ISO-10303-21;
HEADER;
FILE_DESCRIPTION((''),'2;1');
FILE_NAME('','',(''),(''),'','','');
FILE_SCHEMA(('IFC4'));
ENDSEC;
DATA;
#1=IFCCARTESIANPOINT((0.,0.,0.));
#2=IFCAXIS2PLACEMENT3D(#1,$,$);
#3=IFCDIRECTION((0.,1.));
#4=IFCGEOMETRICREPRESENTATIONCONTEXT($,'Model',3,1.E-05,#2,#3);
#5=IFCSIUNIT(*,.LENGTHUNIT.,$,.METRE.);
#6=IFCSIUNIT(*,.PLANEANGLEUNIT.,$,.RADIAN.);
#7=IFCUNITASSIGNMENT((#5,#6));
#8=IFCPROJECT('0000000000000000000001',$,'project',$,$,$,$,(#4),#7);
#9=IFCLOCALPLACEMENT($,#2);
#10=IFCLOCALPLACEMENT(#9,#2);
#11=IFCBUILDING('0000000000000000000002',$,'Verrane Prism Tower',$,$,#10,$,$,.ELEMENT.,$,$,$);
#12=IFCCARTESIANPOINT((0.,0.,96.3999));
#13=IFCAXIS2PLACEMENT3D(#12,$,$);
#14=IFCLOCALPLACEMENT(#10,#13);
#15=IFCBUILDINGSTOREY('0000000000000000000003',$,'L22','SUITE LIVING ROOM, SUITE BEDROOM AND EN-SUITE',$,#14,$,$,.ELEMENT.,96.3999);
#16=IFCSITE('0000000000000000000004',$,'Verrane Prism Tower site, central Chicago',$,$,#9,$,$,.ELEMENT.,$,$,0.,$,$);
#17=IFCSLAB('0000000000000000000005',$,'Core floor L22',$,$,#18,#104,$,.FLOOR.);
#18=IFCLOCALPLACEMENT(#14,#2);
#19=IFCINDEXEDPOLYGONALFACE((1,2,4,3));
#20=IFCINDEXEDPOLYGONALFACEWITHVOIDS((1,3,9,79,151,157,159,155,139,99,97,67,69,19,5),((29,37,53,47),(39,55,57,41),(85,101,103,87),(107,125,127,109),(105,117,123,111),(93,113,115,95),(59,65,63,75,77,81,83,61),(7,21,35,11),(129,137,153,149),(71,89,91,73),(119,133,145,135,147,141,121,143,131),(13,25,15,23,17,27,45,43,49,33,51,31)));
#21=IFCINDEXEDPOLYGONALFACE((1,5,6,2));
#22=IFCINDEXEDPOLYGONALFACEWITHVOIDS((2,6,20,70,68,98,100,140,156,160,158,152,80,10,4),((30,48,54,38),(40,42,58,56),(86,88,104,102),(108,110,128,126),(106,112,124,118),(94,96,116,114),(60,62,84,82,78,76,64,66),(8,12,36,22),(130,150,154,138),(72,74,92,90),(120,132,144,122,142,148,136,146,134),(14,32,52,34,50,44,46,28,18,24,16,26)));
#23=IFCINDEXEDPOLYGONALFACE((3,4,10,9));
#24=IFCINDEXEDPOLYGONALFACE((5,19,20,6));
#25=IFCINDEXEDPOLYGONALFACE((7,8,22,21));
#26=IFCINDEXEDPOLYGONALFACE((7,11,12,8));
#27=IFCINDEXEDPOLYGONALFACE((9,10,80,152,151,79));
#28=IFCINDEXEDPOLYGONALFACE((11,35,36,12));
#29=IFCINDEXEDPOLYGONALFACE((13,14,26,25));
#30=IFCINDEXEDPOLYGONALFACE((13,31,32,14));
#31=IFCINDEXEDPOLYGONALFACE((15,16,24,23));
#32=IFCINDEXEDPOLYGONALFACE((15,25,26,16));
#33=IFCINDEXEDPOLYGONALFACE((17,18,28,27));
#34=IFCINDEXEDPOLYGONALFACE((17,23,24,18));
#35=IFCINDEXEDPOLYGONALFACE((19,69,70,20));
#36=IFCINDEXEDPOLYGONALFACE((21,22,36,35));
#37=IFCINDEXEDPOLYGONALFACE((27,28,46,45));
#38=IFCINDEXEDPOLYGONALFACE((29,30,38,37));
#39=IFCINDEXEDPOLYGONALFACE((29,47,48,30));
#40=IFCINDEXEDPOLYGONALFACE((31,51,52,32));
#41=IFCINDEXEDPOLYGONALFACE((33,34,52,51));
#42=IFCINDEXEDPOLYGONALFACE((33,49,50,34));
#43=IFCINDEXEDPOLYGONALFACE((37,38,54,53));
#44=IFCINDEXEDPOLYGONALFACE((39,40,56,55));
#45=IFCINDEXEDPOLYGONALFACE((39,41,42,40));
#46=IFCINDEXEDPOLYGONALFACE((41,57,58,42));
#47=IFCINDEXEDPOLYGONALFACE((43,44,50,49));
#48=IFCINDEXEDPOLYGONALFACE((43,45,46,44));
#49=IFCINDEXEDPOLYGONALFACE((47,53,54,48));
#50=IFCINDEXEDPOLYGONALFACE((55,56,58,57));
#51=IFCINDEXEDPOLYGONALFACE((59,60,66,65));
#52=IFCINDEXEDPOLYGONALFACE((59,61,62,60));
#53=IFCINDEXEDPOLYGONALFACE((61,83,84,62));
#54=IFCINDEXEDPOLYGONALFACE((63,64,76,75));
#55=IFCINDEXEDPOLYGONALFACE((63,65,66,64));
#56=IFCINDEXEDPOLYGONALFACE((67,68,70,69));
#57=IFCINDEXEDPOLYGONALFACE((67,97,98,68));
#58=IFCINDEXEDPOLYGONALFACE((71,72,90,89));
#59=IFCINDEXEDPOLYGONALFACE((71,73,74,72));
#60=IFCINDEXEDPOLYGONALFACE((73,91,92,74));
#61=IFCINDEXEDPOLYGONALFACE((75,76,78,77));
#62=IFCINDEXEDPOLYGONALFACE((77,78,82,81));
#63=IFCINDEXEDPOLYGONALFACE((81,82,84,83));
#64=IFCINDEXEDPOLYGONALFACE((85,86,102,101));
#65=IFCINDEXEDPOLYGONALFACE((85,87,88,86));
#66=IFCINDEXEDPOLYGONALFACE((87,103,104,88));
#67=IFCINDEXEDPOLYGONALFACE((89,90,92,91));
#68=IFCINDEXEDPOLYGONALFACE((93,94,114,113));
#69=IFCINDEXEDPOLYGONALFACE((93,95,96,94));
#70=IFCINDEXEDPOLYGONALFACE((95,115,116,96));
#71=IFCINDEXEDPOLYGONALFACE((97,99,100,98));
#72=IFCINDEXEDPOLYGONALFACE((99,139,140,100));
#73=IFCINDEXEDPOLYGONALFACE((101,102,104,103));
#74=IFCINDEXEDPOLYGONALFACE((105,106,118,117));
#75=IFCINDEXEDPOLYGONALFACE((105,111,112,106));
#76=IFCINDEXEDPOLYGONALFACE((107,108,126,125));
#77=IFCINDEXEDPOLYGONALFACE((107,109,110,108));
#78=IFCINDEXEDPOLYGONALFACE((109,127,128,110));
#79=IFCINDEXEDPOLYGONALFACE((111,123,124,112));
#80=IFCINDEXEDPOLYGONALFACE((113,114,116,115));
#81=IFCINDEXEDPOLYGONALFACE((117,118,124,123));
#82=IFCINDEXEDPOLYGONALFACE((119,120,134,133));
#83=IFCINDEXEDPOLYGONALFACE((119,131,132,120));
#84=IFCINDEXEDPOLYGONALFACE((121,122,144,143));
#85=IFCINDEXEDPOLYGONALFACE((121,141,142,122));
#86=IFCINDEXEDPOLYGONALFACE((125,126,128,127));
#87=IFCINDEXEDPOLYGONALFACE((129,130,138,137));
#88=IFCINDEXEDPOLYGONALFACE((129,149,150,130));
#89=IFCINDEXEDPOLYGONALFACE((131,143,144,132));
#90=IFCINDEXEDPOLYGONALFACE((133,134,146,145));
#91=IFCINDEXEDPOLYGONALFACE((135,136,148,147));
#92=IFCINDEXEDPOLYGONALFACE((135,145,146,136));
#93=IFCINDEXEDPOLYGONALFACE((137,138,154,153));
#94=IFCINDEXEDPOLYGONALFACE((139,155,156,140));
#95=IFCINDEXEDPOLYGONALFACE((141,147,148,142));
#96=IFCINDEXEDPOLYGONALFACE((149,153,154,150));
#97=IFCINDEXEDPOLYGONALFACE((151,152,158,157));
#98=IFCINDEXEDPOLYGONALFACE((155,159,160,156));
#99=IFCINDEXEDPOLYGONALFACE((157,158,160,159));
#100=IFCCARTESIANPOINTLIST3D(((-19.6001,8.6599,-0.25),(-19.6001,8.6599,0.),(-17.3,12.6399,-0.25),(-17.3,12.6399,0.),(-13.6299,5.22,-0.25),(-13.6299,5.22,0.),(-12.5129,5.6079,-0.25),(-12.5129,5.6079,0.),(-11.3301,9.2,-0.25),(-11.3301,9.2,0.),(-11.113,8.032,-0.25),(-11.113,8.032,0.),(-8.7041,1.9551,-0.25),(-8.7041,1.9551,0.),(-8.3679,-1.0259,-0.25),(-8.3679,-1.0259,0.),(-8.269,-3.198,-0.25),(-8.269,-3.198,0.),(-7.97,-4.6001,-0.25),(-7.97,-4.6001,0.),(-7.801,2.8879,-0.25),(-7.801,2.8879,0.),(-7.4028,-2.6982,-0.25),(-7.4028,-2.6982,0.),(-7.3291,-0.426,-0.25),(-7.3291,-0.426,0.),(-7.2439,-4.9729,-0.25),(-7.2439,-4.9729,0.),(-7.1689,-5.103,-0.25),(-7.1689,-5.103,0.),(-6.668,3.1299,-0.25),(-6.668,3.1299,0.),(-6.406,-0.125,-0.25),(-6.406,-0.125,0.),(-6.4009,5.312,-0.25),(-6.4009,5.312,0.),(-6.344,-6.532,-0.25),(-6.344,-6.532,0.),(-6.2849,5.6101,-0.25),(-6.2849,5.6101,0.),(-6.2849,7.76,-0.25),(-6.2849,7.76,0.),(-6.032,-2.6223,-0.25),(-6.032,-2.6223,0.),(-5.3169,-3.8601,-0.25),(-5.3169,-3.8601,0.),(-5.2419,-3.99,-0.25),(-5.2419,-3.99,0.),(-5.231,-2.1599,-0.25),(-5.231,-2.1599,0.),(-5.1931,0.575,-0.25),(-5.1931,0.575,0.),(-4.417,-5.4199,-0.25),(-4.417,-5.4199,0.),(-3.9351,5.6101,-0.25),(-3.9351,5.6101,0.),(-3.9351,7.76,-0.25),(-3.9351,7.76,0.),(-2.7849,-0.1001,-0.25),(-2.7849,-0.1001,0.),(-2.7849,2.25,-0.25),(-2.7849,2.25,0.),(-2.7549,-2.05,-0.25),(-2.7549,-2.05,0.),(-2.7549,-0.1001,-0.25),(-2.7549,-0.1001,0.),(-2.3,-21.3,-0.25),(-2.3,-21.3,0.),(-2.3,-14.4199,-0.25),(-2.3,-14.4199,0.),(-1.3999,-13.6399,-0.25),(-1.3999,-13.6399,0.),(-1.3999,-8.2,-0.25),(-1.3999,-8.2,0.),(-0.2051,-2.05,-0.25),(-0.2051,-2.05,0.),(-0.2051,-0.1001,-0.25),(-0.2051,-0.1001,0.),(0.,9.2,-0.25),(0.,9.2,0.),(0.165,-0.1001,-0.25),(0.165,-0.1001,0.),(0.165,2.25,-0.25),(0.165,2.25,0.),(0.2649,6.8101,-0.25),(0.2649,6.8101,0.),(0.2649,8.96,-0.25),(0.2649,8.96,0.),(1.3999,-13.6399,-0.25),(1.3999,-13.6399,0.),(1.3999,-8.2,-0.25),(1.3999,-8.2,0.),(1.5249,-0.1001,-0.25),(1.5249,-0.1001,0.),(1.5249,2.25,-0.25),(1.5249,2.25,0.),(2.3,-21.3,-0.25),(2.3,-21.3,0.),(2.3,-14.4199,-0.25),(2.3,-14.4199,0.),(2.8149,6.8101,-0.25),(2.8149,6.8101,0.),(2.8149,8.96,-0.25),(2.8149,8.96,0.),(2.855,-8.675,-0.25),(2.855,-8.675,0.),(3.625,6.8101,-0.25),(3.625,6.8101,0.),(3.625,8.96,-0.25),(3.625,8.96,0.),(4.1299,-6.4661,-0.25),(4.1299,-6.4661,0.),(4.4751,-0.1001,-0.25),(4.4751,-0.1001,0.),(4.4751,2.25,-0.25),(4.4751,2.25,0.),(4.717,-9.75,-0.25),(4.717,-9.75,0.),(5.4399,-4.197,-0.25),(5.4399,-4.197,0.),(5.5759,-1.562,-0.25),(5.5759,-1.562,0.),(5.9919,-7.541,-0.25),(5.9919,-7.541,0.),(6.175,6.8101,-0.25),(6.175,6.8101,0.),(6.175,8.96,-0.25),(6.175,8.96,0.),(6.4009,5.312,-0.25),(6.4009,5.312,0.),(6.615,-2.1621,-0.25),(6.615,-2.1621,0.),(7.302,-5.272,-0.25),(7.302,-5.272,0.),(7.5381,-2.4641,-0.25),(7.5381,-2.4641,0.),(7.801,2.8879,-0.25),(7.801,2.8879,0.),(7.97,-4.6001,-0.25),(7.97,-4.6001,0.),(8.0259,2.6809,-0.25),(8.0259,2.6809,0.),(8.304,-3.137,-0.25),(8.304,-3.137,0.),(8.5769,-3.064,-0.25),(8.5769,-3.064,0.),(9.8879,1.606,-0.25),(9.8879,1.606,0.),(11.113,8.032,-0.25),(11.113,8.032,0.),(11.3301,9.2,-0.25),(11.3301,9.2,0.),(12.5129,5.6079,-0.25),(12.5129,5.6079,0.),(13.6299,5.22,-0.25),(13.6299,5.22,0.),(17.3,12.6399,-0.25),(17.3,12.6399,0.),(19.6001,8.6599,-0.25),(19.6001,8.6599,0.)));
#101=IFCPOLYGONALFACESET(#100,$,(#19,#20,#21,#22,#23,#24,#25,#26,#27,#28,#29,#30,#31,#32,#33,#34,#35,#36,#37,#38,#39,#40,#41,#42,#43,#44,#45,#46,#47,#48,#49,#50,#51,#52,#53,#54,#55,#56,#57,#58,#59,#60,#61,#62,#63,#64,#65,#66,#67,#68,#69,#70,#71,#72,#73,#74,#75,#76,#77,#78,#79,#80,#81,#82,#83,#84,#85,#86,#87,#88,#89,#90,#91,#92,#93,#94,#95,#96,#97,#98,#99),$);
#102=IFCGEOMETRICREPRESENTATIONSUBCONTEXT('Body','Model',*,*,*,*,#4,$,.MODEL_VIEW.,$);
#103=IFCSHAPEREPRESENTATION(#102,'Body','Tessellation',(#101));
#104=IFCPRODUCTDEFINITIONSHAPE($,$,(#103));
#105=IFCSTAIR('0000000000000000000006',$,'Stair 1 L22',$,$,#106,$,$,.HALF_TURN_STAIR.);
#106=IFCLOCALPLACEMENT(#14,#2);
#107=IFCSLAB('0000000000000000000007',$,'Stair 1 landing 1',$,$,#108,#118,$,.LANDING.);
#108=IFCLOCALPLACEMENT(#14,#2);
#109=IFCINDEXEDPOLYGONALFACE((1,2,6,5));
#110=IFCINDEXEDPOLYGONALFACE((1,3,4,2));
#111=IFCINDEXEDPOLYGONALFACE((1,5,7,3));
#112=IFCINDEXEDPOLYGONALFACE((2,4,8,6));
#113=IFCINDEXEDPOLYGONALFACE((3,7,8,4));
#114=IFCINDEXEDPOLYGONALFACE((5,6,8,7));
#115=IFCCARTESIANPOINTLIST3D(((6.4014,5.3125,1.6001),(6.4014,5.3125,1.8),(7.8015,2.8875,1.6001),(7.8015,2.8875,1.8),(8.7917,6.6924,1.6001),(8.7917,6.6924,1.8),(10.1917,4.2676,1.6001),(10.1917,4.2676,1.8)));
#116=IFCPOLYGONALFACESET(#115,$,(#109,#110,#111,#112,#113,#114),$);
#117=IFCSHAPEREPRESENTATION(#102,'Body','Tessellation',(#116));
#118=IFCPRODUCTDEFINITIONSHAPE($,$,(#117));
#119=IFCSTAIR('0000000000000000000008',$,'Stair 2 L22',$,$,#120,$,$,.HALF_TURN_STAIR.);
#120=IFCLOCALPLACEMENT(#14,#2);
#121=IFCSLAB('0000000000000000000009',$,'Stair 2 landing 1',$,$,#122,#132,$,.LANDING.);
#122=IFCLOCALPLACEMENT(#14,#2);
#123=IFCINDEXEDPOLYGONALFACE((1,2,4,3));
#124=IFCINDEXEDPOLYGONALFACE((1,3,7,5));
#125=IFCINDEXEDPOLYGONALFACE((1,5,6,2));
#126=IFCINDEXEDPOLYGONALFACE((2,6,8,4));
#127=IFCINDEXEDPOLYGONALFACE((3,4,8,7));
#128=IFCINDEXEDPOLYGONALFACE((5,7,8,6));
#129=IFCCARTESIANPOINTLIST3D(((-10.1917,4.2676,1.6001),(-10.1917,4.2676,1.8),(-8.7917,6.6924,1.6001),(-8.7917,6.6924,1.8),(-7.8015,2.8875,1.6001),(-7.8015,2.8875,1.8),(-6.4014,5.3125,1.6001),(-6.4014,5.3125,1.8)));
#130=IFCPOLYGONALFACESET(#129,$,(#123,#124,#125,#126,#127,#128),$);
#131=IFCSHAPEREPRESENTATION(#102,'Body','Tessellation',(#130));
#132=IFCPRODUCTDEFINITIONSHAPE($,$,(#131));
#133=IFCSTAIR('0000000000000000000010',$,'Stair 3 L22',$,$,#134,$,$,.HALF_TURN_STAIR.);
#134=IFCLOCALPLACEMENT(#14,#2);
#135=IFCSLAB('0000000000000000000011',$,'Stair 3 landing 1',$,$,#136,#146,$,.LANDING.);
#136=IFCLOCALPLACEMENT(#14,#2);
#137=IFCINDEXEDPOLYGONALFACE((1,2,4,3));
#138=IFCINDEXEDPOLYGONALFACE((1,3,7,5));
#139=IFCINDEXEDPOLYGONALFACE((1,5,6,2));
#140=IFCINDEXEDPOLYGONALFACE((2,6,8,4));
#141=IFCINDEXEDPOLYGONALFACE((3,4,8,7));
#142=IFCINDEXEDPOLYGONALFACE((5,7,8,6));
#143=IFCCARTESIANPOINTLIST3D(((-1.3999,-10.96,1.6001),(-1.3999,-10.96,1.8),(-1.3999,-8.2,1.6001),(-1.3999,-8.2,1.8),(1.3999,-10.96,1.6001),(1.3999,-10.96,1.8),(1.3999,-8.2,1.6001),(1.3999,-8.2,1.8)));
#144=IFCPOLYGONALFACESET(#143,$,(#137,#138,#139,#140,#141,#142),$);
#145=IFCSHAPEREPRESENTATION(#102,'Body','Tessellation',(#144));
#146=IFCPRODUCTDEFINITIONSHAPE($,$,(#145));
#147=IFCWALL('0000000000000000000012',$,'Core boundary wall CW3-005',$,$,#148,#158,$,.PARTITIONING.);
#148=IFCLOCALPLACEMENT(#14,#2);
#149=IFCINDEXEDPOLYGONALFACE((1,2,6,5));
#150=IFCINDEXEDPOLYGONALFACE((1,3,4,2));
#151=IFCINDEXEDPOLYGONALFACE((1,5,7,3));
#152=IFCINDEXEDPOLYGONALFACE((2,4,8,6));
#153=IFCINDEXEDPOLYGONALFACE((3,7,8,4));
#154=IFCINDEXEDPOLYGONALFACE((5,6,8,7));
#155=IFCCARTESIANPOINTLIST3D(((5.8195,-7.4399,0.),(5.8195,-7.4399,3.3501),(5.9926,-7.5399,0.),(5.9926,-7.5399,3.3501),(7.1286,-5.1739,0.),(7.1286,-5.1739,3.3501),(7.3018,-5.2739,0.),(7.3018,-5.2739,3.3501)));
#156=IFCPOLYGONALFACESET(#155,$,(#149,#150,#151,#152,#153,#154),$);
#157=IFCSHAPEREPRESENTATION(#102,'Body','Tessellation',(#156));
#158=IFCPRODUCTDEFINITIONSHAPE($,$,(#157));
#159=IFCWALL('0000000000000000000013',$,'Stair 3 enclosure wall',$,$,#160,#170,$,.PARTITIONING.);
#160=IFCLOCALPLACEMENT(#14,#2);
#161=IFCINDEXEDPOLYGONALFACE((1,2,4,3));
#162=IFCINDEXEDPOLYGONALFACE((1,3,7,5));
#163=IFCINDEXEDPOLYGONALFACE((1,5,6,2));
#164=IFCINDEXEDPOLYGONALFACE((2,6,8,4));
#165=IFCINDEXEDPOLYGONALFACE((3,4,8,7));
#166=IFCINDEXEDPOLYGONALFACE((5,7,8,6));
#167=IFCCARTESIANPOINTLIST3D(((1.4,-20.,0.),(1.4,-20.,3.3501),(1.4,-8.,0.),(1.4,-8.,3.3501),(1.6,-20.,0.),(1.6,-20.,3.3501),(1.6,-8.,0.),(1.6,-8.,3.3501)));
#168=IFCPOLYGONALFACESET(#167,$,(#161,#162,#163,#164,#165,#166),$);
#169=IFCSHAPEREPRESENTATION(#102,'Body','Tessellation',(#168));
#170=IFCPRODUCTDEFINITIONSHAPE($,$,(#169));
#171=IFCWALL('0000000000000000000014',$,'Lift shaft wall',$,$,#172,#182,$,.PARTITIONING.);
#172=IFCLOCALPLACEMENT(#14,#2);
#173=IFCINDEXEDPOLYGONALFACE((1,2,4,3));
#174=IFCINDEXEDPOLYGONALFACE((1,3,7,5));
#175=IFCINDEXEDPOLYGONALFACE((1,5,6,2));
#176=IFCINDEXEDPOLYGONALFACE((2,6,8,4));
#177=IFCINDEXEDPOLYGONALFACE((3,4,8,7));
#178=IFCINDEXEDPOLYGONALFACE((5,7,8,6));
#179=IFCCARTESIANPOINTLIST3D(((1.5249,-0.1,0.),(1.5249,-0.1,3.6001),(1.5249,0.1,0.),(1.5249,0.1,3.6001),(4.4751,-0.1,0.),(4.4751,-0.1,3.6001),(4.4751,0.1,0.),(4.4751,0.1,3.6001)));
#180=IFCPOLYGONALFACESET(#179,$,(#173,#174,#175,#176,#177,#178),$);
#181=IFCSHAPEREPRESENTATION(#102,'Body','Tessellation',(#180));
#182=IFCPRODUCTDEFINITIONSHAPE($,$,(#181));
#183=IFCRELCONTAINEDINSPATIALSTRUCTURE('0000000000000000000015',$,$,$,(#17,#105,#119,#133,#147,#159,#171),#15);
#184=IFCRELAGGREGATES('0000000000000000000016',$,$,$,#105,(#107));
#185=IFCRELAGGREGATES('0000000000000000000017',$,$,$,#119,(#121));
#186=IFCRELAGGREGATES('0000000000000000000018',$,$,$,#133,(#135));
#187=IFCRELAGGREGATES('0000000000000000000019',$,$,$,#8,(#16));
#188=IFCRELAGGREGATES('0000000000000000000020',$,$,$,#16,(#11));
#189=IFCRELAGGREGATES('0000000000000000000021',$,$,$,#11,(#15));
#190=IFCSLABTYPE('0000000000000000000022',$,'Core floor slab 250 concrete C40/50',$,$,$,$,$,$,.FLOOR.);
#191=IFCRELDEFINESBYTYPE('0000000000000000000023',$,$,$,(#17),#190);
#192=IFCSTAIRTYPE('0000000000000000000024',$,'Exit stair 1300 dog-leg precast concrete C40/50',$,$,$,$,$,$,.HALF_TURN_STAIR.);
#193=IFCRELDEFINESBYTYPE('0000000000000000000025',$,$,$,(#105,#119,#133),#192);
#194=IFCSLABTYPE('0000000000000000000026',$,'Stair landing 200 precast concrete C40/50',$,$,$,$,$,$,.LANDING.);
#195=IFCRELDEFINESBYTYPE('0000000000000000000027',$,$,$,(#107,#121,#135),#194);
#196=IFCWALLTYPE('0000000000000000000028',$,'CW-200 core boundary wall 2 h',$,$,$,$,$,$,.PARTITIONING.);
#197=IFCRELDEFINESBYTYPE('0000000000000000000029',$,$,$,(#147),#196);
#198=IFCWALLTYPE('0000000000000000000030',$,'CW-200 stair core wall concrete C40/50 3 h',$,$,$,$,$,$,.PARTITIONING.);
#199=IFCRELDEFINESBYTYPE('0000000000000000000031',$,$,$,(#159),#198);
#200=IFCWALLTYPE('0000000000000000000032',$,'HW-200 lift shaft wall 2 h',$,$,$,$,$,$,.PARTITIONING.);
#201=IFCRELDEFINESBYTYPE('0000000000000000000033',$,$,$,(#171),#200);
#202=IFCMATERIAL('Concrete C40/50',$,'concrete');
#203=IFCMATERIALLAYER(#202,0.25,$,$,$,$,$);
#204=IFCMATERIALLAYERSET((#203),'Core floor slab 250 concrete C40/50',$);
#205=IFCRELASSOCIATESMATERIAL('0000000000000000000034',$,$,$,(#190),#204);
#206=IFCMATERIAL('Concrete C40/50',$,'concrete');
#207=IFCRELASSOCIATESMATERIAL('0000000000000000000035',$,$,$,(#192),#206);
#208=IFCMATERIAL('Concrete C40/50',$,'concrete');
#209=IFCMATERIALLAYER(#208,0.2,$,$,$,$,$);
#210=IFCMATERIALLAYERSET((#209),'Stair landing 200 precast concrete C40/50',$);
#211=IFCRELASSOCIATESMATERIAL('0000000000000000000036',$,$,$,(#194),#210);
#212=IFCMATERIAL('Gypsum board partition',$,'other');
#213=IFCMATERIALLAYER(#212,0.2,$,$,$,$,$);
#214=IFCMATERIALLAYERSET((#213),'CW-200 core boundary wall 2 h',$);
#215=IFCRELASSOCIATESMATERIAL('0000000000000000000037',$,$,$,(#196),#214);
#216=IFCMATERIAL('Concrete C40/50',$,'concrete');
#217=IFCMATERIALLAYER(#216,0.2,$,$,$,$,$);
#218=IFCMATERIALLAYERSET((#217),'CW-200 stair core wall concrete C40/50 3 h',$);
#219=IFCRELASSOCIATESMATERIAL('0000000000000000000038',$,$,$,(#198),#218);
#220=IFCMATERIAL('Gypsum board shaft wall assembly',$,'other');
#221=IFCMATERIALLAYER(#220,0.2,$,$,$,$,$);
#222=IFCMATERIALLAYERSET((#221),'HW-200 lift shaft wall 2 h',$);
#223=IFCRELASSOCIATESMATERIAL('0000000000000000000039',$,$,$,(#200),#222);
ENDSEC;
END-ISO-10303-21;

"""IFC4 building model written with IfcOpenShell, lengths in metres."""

from ifc_helpers import new_model, si_unit, direction, frame, frame_2d, origin, place, context, subcontext, project, spatial, polyline, rectangle, outline, extrude, material, layer, layer_set, type_object, element, aggregate, save


model = new_model("IFC4")

# Units and contexts
model_context = context("Model", 3, precision=1e-05, world=origin(), true_north=direction((0.0, 1.0)))
body_context = subcontext(model_context, "Body", "Model", "MODEL_VIEW")
ifc_project = project(units=[si_unit("LENGTHUNIT", "METRE"), si_unit("PLANEANGLEUNIT", "RADIAN")], contexts=[model_context])

# Site, building, storey
site_placement = place(None, origin())
site = spatial("IfcSite", under=ifc_project, at=site_placement, Name="Verrane Prism Tower site, central Chicago", CompositionType="ELEMENT", RefElevation=0.0)
building_placement = place(site_placement, origin())
building = spatial("IfcBuilding", under=site, at=building_placement, Name="Verrane Prism Tower", CompositionType="ELEMENT")
storey_placement = place(building_placement, frame((0.0, 0.0, 96.3999)))
storey = spatial("IfcBuildingStorey", under=building, at=storey_placement, Name="L22", Description="SUITE LIVING ROOM, SUITE BEDROOM AND EN-SUITE", CompositionType="ELEMENT", Elevation=96.3999)

# Slab
ifc_material_1 = material(Name="Concrete C40/50", Category="concrete")
ifc_layer_1 = layer(ifc_material_1, 0.25)
ifc_layer_set_1 = layer_set([ifc_layer_1], Name="Core floor slab 250 concrete C40/50")
slab_type_1 = type_object("IfcSlabType", Name="Core floor slab 250 concrete C40/50", PredefinedType="FLOOR", material=ifc_layer_set_1)
slab_1_placement = place(storey_placement, frame((0.0, 0.0, -0.25)))
element("IfcSlab", 1, at=slab_1_placement, inside=storey, type_object=slab_type_1, Name="Core floor L22", PredefinedType="FLOOR", context=body_context, shape_type="SweptSolid", body=[
    extrude(outline(polyline([(13.6299, 5.22), (19.6001, 8.6599), (17.3, 12.6399), (11.3301, 9.2), (0.0, 9.2), (-11.3301, 9.2), (-17.3, 12.6399), (-19.6001, 8.6599), (-13.6299, 5.22), (-7.97, -4.6001), (-2.3, -14.4199), (-2.3, -21.3), (2.3, -21.3), (2.3, -14.4199), (7.97, -4.6001), (13.6299, 5.22)]), holes=[polyline([(1.3999, -8.2), (1.3999, -13.6399), (-1.3999, -13.6399), (-1.3999, -8.2), (1.3999, -8.2)]), polyline([(-4.417, -5.4199), (-6.344, -6.532), (-7.1689, -5.103), (-5.2419, -3.99), (-4.417, -5.4199)]), polyline([(0.165, 2.25), (0.165, -0.1001), (-0.2051, -0.1001), (-0.2051, -2.05), (-2.7549, -2.05), (-2.7549, -0.1001), (-2.7849, -0.1001), (-2.7849, 2.25), (0.165, 2.25)]), polyline([(-12.5129, 5.6079), (-11.113, 8.032), (-6.4009, 5.312), (-7.801, 2.8879), (-12.5129, 5.6079)]), polyline([(-6.2849, 5.6101), (-6.2849, 7.76), (-3.9351, 7.76), (-3.9351, 5.6101), (-6.2849, 5.6101)]), polyline([(4.717, -9.75), (2.855, -8.675), (4.1299, -6.4661), (5.9919, -7.541), (4.717, -9.75)]), polyline([(8.304, -3.137), (5.5759, -1.562), (8.0259, 2.6809), (9.8879, 1.606), (7.5381, -2.4641), (8.5769, -3.064), (7.302, -5.272), (5.4399, -4.197), (6.615, -2.1621), (8.304, -3.137)]), polyline([(1.5249, -0.1001), (1.5249, 2.25), (4.4751, 2.25), (4.4751, -0.1001), (1.5249, -0.1001)]), polyline([(6.4009, 5.312), (11.113, 8.032), (12.5129, 5.6079), (7.801, 2.8879), (6.4009, 5.312)]), polyline([(0.2649, 6.8101), (0.2649, 8.96), (2.8149, 8.96), (2.8149, 6.8101), (0.2649, 6.8101)]), polyline([(3.625, 6.8101), (3.625, 8.96), (6.175, 8.96), (6.175, 6.8101), (3.625, 6.8101)]), polyline([(-5.231, -2.1599), (-6.032, -2.6223), (-5.3169, -3.8601), (-7.2439, -4.9729), (-8.269, -3.198), (-7.4028, -2.6982), (-8.3679, -1.0259), (-7.3291, -0.426), (-8.7041, 1.9551), (-6.668, 3.1299), (-5.1931, 0.575), (-6.406, -0.125), (-5.231, -2.1599)])]), origin(), (0.0, 0.0, 1.0), 0.25),
])

# Stairs, slabs
ifc_material_2 = material(Name="Concrete C40/50", Category="concrete")
stair_type = type_object("IfcStairType", Name="Exit stair 1300 dog-leg precast concrete C40/50", PredefinedType="HALF_TURN_STAIR", material=ifc_material_2)
stair_1_placement = place(storey_placement, origin())
stair_1 = element("IfcStair", 2, at=stair_1_placement, inside=storey, type_object=stair_type, Name="Stair 1 L22", PredefinedType="HALF_TURN_STAIR")
ifc_material_3 = material(Name="Concrete C40/50", Category="concrete")
ifc_layer_2 = layer(ifc_material_3, 0.2)
ifc_layer_set_2 = layer_set([ifc_layer_2], Name="Stair landing 200 precast concrete C40/50")
slab_type_2 = type_object("IfcSlabType", Name="Stair landing 200 precast concrete C40/50", PredefinedType="LANDING", material=ifc_layer_set_2)
slab_2_placement = place(storey_placement, frame((0.0, 0.0, 1.6001)))
slab_2 = element("IfcSlab", 3, at=slab_2_placement, type_object=slab_type_2, Name="Stair 1 landing 1", PredefinedType="LANDING", context=body_context, shape_type="SweptSolid", body=[
    extrude(outline(polyline([(8.7917, 6.6924), (6.4014, 5.3125), (7.8015, 2.8875), (10.1917, 4.2676), (8.7917, 6.6924)])), origin(), (0.0, 0.0, 1.0), 0.2),
])
aggregate(stair_1, [slab_2])
stair_2_placement = place(storey_placement, origin())
stair_2 = element("IfcStair", 4, at=stair_2_placement, inside=storey, type_object=stair_type, Name="Stair 2 L22", PredefinedType="HALF_TURN_STAIR")
slab_3_placement = place(storey_placement, frame((0.0, 0.0, 1.6001)))
slab_3 = element("IfcSlab", 5, at=slab_3_placement, type_object=slab_type_2, Name="Stair 2 landing 1", PredefinedType="LANDING", context=body_context, shape_type="SweptSolid", body=[
    extrude(outline(polyline([(-10.1917, 4.2676), (-7.8015, 2.8875), (-6.4014, 5.3125), (-8.7917, 6.6924), (-10.1917, 4.2676)])), origin(), (0.0, 0.0, 1.0), 0.2),
])
aggregate(stair_2, [slab_3])
stair_3_placement = place(storey_placement, origin())
stair_3 = element("IfcStair", 6, at=stair_3_placement, inside=storey, type_object=stair_type, Name="Stair 3 L22", PredefinedType="HALF_TURN_STAIR")
slab_4_placement = place(storey_placement, frame((0.0, 0.0, 1.6001)))
slab_4 = element("IfcSlab", 7, at=slab_4_placement, type_object=slab_type_2, Name="Stair 3 landing 1", PredefinedType="LANDING", context=body_context, shape_type="SweptSolid", body=[
    extrude(outline(polyline([(1.3999, -10.96), (1.3999, -8.2), (-1.3999, -8.2), (-1.3999, -10.96), (1.3999, -10.96)])), origin(), (0.0, 0.0, 1.0), 0.2),
])
aggregate(stair_3, [slab_4])

# Walls
ifc_material_4 = material(Name="Gypsum board partition", Category="other")
ifc_layer_3 = layer(ifc_material_4, 0.2)
ifc_layer_set_3 = layer_set([ifc_layer_3], Name="CW-200 core boundary wall 2 h")
wall_type_1 = type_object("IfcWallType", Name="CW-200 core boundary wall 2 h", PredefinedType="PARTITIONING", material=ifc_layer_set_3)
wall_1_placement = place(storey_placement, frame((5.906, -7.49, 0.0), z_axis=(0.0, 0.0, 1.0), x_axis=(0.500253, 0.865879, 0.0)))
element("IfcWall", 8, at=wall_1_placement, inside=storey, type_object=wall_type_1, Name="Core boundary wall CW3-005", PredefinedType="PARTITIONING", context=body_context, shape_type="SweptSolid", body=[
    extrude(rectangle(XDim=2.6169, YDim=0.2, at=frame_2d((1.3086, 0.0))), origin(), (0.0, 0.0, 1.0), 3.3501),
])
ifc_material_5 = material(Name="Concrete C40/50", Category="concrete")
ifc_layer_4 = layer(ifc_material_5, 0.2)
ifc_layer_set_4 = layer_set([ifc_layer_4], Name="CW-200 stair core wall concrete C40/50 3 h")
wall_type_2 = type_object("IfcWallType", Name="CW-200 stair core wall concrete C40/50 3 h", PredefinedType="PARTITIONING", material=ifc_layer_set_4)
wall_2_placement = place(storey_placement, frame((1.5, -8.0, 0.0), z_axis=(0.0, 0.0, 1.0), x_axis=(0.0, -1.0, 0.0)))
element("IfcWall", 9, at=wall_2_placement, inside=storey, type_object=wall_type_2, Name="Stair 3 enclosure wall", PredefinedType="PARTITIONING", context=body_context, shape_type="SweptSolid", body=[
    extrude(rectangle(XDim=12.0, YDim=0.2, at=frame_2d((6.0, 0.0))), origin(), (0.0, 0.0, 1.0), 3.3501),
])
ifc_material_6 = material(Name="Gypsum board shaft wall assembly", Category="other")
ifc_layer_5 = layer(ifc_material_6, 0.2)
ifc_layer_set_5 = layer_set([ifc_layer_5], Name="HW-200 lift shaft wall 2 h")
wall_type_3 = type_object("IfcWallType", Name="HW-200 lift shaft wall 2 h", PredefinedType="PARTITIONING", material=ifc_layer_set_5)
wall_3_placement = place(storey_placement, frame((1.5249, 0.0, 0.0), z_axis=(0.0, 0.0, 1.0), x_axis=(1.0, 0.0, 0.0)))
element("IfcWall", 10, at=wall_3_placement, inside=storey, type_object=wall_type_3, Name="Lift shaft wall", PredefinedType="PARTITIONING", context=body_context, shape_type="SweptSolid", body=[
    extrude(rectangle(XDim=2.9502, YDim=0.2, at=frame_2d((1.4751, 0.0))), origin(), (0.0, 0.0, 1.0), 3.6001),
])

save(model, "model.ifc")
